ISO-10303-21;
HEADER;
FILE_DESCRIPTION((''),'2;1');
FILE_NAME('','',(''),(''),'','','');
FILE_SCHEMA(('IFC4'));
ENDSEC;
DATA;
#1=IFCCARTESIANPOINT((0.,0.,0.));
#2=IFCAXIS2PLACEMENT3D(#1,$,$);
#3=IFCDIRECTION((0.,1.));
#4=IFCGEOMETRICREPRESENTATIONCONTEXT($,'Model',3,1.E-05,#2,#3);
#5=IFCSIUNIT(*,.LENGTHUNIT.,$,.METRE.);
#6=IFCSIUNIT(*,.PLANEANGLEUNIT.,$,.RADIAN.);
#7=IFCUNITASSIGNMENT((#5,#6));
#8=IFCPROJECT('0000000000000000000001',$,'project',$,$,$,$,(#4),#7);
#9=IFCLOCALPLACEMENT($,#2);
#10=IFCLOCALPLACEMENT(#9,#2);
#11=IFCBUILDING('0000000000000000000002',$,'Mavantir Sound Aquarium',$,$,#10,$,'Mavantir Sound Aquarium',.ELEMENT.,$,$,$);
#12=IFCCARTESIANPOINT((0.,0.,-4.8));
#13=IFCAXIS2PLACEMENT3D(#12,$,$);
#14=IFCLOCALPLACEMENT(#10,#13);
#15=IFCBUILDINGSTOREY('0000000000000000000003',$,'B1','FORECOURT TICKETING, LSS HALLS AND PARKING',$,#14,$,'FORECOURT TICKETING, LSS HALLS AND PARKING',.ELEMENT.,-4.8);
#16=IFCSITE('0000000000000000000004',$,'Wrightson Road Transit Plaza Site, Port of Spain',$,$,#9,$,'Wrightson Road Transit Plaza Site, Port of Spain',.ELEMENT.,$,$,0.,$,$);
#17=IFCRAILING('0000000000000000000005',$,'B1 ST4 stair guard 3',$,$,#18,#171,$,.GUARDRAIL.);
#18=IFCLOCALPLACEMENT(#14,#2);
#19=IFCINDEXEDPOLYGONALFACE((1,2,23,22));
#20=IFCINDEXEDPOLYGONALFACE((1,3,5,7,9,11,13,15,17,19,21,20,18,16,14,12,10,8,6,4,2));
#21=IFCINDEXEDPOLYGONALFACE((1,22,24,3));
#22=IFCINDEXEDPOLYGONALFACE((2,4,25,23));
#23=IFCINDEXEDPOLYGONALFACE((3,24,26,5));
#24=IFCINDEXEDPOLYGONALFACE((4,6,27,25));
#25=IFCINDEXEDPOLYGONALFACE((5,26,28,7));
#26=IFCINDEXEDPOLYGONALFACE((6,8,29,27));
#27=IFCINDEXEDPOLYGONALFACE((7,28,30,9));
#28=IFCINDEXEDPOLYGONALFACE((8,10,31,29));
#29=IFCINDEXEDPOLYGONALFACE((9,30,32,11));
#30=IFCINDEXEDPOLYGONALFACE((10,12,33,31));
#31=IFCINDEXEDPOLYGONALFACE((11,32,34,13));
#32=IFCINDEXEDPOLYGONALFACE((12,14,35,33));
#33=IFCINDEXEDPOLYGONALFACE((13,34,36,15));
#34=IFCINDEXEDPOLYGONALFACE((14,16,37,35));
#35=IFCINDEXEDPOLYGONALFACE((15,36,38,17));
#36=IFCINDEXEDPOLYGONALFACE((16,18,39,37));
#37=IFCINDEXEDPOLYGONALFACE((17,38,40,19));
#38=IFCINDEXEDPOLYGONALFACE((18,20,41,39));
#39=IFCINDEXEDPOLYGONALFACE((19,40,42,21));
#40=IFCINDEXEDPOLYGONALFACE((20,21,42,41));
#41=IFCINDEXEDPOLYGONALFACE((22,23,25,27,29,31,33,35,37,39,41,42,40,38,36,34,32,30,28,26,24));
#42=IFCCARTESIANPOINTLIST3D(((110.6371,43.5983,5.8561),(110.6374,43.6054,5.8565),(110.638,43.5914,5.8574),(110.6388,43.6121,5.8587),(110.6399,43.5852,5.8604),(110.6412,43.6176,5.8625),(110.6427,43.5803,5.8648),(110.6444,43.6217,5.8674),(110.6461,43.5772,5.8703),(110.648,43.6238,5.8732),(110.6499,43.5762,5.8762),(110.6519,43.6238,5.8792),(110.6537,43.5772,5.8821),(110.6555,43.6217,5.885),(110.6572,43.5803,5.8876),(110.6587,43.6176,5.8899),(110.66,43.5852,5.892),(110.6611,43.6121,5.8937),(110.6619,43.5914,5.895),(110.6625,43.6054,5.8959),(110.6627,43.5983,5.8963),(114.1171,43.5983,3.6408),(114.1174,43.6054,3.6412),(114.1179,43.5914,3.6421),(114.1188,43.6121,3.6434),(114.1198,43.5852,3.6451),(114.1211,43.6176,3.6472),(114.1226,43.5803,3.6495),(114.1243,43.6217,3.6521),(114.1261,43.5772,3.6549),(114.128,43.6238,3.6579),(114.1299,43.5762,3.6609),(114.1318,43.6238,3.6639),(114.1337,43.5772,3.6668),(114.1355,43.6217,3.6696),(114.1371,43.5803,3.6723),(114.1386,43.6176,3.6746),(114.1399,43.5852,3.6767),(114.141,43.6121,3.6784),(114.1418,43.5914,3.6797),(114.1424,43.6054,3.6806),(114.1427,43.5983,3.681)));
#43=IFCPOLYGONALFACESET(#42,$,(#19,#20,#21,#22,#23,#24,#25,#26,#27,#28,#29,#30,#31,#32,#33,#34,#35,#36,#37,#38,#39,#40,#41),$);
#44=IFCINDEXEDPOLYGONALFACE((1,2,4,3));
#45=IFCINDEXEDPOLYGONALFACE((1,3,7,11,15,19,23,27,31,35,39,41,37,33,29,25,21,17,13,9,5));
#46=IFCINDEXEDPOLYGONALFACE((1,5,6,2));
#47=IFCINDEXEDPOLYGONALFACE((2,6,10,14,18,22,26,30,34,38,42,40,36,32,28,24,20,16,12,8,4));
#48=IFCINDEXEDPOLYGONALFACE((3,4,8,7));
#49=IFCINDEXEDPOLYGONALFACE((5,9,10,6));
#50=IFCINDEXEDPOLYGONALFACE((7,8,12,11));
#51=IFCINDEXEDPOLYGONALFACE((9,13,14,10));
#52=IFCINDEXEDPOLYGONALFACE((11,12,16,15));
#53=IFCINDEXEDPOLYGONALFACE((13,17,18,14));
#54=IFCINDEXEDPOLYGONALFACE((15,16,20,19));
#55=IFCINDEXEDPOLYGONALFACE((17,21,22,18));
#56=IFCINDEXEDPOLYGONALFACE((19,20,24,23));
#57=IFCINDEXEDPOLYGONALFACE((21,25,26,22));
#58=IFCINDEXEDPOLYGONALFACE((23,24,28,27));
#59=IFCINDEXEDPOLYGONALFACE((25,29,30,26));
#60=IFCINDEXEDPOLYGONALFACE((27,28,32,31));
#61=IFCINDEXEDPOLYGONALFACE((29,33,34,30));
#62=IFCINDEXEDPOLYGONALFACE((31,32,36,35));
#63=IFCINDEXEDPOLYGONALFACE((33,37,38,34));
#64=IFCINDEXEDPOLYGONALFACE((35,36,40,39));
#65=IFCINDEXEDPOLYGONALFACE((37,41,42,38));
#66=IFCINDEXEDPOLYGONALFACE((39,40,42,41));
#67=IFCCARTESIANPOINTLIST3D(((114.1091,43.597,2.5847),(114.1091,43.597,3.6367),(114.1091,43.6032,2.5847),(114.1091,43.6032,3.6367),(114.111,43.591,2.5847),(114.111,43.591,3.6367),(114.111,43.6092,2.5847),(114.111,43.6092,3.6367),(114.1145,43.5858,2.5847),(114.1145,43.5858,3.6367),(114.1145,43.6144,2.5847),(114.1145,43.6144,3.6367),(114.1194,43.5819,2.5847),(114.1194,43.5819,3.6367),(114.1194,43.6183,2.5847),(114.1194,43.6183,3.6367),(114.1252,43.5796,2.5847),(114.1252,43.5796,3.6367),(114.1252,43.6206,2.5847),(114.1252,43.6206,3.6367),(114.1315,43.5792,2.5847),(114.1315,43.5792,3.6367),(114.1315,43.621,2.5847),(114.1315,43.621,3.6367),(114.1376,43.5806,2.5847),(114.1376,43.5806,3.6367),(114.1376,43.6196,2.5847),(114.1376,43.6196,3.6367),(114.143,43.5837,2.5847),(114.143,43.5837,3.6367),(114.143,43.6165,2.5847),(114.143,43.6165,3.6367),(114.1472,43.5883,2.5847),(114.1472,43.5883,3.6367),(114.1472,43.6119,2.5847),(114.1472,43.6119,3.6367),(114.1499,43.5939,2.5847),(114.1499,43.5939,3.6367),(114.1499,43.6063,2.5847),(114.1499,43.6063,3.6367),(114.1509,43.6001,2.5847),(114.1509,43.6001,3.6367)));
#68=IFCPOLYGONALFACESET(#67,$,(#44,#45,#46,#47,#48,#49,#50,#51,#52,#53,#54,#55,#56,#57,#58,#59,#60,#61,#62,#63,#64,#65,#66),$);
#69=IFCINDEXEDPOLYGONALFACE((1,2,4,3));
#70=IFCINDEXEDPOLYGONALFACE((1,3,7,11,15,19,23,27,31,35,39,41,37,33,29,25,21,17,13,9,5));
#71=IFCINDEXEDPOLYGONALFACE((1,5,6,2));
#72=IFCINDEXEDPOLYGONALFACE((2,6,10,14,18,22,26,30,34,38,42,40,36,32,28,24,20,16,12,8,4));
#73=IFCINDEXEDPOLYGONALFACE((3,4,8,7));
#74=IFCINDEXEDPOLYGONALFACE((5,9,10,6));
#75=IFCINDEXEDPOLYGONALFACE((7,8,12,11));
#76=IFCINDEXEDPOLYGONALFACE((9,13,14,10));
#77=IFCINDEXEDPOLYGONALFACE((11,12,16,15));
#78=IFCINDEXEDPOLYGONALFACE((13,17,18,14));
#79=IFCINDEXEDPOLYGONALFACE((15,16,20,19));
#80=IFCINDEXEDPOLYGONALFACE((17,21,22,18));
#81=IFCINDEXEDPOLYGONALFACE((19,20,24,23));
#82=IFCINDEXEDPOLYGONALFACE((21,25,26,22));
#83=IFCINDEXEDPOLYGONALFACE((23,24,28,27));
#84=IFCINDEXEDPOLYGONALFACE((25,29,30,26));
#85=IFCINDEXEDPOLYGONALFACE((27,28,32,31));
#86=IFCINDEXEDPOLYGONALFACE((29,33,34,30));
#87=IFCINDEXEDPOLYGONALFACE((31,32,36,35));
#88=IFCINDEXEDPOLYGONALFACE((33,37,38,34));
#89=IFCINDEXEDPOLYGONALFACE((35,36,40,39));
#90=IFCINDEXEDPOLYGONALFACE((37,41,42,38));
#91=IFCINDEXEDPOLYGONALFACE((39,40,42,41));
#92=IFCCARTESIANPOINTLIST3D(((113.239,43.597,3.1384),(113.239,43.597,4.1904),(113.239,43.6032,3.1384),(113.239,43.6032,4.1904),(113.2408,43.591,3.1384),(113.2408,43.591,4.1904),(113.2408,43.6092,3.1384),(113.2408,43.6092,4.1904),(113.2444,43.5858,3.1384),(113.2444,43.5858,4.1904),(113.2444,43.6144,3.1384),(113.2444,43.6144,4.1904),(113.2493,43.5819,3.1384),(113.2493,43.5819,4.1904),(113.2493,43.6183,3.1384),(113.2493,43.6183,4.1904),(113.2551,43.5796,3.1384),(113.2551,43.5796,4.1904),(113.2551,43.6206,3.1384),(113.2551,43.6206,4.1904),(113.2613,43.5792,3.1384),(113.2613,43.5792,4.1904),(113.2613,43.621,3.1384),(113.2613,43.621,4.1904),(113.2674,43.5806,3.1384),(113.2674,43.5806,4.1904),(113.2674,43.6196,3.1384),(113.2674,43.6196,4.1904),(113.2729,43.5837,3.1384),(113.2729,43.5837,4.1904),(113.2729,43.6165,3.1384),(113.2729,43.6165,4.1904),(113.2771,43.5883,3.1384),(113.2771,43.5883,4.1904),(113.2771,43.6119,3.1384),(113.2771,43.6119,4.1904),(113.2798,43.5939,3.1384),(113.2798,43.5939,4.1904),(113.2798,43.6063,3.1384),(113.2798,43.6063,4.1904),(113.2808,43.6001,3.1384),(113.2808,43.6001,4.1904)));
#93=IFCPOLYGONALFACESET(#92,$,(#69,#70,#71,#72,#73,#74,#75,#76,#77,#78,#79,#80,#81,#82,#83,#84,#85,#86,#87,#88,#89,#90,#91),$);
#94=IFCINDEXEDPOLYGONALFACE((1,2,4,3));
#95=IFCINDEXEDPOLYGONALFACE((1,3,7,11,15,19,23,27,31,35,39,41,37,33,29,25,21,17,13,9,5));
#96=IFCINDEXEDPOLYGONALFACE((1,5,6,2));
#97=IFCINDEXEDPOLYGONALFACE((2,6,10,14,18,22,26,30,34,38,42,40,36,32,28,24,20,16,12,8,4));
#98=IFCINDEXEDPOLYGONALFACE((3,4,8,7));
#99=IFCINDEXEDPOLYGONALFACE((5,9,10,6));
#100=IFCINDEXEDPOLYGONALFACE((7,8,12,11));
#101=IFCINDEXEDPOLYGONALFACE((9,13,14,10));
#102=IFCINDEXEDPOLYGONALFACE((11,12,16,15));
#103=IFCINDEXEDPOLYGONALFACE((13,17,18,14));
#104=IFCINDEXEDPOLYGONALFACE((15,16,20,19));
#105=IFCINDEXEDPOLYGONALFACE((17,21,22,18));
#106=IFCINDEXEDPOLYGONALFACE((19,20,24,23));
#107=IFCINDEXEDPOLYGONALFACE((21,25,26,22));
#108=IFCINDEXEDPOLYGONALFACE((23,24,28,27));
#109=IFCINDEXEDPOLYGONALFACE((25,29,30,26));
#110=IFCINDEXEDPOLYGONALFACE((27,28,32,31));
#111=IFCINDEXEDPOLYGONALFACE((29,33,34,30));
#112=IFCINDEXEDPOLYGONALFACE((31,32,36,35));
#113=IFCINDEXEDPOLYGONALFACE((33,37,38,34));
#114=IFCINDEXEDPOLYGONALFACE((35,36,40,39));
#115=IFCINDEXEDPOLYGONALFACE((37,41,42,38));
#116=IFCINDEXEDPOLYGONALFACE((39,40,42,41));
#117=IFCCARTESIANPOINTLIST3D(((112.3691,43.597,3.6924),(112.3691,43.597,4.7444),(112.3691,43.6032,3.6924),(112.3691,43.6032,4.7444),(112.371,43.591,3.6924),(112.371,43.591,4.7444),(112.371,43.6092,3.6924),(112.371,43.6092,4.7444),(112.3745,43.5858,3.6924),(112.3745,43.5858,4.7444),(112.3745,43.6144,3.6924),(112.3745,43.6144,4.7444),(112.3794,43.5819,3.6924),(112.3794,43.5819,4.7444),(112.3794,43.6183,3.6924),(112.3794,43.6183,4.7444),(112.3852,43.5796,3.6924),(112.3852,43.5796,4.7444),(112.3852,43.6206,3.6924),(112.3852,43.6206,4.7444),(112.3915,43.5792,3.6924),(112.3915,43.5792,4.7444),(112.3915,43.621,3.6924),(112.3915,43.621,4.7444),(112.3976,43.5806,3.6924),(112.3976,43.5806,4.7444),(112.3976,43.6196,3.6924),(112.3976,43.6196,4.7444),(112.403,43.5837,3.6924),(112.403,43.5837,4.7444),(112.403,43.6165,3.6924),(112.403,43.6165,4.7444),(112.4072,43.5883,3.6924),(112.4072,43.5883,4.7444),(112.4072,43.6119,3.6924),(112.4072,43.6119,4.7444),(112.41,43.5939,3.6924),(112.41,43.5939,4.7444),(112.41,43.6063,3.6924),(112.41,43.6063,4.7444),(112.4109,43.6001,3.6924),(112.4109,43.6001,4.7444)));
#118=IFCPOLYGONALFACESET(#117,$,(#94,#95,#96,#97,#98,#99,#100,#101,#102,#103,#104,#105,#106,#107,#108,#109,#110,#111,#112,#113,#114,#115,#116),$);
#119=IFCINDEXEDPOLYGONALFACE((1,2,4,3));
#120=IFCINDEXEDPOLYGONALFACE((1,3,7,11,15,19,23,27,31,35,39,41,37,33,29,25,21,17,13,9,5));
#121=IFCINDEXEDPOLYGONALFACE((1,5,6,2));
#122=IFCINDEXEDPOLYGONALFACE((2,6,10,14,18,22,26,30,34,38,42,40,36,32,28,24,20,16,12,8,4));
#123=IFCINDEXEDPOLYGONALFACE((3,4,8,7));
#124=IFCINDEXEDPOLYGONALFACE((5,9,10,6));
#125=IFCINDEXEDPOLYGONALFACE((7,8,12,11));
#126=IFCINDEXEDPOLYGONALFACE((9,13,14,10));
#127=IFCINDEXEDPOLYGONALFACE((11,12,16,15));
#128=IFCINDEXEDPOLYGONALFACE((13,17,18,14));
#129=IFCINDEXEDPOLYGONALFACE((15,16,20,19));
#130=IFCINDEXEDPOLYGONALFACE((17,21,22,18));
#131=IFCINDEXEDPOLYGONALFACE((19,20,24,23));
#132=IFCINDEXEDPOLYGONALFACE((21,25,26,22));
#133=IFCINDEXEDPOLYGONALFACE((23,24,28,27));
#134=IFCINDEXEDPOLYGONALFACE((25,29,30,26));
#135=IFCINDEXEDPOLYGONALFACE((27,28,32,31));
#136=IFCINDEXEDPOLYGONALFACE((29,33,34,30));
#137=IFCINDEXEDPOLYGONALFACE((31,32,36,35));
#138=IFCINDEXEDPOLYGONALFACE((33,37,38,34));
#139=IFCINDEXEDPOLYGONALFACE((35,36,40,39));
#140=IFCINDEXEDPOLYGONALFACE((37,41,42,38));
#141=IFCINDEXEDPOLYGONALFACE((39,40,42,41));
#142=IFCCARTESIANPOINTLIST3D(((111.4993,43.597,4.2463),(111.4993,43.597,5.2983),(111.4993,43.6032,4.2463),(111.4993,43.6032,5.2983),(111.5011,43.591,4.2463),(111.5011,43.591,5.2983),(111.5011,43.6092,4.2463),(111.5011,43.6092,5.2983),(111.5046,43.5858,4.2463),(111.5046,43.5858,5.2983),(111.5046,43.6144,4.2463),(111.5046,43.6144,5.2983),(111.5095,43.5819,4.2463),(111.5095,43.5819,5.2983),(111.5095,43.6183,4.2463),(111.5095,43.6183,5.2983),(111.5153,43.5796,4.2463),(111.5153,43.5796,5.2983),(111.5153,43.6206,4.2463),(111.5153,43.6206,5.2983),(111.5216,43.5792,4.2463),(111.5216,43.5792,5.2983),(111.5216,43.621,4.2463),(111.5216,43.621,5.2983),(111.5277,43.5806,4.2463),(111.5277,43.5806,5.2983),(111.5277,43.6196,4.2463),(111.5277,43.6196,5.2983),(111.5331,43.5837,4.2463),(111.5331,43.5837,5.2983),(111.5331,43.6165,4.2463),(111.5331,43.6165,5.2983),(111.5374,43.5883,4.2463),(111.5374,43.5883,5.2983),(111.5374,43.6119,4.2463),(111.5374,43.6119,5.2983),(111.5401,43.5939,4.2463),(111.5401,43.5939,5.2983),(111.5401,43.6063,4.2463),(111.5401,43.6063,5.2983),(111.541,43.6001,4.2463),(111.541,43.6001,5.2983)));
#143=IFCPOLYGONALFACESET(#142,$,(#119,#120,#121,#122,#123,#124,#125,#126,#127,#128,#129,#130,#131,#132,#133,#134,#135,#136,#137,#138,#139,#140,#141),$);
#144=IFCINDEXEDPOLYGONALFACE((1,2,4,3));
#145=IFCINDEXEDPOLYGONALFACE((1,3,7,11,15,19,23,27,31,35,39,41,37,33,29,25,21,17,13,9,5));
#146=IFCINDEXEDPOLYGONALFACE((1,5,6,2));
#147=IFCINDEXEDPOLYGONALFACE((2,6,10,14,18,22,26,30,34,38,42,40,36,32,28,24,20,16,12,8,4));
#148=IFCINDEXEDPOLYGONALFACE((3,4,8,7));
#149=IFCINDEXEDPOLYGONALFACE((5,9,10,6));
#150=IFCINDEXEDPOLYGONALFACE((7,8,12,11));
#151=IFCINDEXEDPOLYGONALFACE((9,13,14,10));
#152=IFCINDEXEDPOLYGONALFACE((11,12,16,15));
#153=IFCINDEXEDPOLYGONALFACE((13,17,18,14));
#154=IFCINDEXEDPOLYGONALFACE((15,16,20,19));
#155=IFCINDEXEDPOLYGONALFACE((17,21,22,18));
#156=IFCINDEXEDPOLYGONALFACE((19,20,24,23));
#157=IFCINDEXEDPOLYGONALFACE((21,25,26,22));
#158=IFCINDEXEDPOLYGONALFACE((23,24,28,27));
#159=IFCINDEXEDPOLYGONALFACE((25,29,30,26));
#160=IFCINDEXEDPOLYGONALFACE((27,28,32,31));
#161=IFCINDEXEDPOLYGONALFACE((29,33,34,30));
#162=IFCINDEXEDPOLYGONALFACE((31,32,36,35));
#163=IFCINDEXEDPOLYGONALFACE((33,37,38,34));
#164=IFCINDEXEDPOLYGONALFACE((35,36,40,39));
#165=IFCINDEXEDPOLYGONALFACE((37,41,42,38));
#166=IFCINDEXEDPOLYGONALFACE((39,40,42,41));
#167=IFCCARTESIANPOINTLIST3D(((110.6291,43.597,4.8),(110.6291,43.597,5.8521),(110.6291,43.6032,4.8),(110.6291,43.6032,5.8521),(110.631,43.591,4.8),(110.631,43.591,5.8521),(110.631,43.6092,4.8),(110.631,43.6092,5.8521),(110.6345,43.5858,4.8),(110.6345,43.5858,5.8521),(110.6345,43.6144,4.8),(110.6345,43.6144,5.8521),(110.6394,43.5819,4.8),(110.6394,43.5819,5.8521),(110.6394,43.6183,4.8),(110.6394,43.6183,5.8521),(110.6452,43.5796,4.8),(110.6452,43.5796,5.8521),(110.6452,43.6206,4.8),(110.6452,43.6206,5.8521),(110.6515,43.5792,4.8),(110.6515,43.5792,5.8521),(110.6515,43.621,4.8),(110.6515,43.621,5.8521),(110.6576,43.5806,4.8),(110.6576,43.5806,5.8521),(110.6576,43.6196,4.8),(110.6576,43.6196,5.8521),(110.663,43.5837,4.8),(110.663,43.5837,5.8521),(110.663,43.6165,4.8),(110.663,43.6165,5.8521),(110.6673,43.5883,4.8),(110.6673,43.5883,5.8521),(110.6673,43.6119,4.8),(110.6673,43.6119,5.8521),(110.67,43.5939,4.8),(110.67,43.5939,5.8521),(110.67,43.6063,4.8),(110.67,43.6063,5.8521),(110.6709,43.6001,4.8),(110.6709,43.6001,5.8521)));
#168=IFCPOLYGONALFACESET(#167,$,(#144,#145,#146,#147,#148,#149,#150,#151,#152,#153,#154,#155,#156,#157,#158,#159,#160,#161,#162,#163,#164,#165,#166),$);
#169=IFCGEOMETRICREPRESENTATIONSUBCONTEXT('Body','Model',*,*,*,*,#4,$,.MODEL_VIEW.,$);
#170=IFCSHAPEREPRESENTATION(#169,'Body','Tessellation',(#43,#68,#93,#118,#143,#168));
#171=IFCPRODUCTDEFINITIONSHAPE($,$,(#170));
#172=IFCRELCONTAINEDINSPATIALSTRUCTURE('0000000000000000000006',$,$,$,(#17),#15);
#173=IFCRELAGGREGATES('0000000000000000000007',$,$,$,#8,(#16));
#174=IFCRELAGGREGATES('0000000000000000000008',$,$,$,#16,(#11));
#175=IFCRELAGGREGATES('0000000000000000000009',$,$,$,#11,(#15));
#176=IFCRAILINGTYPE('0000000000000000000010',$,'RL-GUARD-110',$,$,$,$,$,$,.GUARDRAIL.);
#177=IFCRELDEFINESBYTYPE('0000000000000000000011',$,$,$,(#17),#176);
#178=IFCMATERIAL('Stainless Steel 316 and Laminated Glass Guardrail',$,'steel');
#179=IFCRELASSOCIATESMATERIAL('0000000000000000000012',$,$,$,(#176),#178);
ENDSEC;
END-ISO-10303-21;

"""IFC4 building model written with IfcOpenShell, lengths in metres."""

from ifc_helpers import new_model, si_unit, direction, frame, origin, origin_2d, place, context, subcontext, project, spatial, circle, extrude, material, type_object, element, save


model = new_model("IFC4")

# Units and contexts
model_context = context("Model", 3, precision=1e-05, world=origin(), true_north=direction((0.0, 1.0)))
body_context = subcontext(model_context, "Body", "Model", "MODEL_VIEW")
ifc_project = project(units=[si_unit("LENGTHUNIT", "METRE"), si_unit("PLANEANGLEUNIT", "RADIAN")], contexts=[model_context])

# Site, building, storey
site_placement = place(None, origin())
site = spatial("IfcSite", under=ifc_project, at=site_placement, Name="Wrightson Road Transit Plaza Site, Port of Spain", LongName="Wrightson Road Transit Plaza Site, Port of Spain", CompositionType="ELEMENT", RefElevation=0.0)
building_placement = place(site_placement, origin())
building = spatial("IfcBuilding", under=site, at=building_placement, Name="Mavantir Sound Aquarium", LongName="Mavantir Sound Aquarium", CompositionType="ELEMENT")
storey_placement = place(building_placement, frame((0.0, 0.0, -4.8)))
storey = spatial("IfcBuildingStorey", under=building, at=storey_placement, Name="B1", Description="FORECOURT TICKETING, LSS HALLS AND PARKING", LongName="FORECOURT TICKETING, LSS HALLS AND PARKING", CompositionType="ELEMENT", Elevation=-4.8)

# Railing
ifc_material_1 = material(Name="Stainless Steel 316 and Laminated Glass Guardrail", Category="steel")
railing_type_1 = type_object("IfcRailingType", Name="RL-GUARD-110", PredefinedType="GUARDRAIL", material=ifc_material_1)
railing_1_placement = place(storey_placement, frame((114.1299, 43.6001, 2.5847)))
element("IfcRailing", 1, at=railing_1_placement, inside=storey, type_object=railing_type_1, Name="B1 ST4 stair guard 3", PredefinedType="GUARDRAIL", context=body_context, shape_type="SweptSolid", body=[
    extrude(circle(Radius=0.0239, at=origin_2d()), frame((0.0, 0.0, 1.0762), z_axis=(-0.843574, 0.0, 0.537013), x_axis=(0.0, -1.0, 0.0)), (0.0, 0.0, 1.0), 4.1252),
    extrude(circle(Radius=0.021, at=origin_2d()), origin(), (0.0, 0.0, 1.0), 1.052),
    extrude(circle(Radius=0.021, at=origin_2d()), frame((-0.8701, 0.0, 0.5537)), (0.0, 0.0, 1.0), 1.052),
    extrude(circle(Radius=0.021, at=origin_2d()), frame((-1.74, 0.0, 1.1077)), (0.0, 0.0, 1.0), 1.052),
    extrude(circle(Radius=0.021, at=origin_2d()), frame((-2.6099, 0.0, 1.6616)), (0.0, 0.0, 1.0), 1.052),
    extrude(circle(Radius=0.021, at=origin_2d()), frame((-3.48, 0.0, 2.2153)), (0.0, 0.0, 1.0), 1.052),
])

save(model, "model.ifc")
